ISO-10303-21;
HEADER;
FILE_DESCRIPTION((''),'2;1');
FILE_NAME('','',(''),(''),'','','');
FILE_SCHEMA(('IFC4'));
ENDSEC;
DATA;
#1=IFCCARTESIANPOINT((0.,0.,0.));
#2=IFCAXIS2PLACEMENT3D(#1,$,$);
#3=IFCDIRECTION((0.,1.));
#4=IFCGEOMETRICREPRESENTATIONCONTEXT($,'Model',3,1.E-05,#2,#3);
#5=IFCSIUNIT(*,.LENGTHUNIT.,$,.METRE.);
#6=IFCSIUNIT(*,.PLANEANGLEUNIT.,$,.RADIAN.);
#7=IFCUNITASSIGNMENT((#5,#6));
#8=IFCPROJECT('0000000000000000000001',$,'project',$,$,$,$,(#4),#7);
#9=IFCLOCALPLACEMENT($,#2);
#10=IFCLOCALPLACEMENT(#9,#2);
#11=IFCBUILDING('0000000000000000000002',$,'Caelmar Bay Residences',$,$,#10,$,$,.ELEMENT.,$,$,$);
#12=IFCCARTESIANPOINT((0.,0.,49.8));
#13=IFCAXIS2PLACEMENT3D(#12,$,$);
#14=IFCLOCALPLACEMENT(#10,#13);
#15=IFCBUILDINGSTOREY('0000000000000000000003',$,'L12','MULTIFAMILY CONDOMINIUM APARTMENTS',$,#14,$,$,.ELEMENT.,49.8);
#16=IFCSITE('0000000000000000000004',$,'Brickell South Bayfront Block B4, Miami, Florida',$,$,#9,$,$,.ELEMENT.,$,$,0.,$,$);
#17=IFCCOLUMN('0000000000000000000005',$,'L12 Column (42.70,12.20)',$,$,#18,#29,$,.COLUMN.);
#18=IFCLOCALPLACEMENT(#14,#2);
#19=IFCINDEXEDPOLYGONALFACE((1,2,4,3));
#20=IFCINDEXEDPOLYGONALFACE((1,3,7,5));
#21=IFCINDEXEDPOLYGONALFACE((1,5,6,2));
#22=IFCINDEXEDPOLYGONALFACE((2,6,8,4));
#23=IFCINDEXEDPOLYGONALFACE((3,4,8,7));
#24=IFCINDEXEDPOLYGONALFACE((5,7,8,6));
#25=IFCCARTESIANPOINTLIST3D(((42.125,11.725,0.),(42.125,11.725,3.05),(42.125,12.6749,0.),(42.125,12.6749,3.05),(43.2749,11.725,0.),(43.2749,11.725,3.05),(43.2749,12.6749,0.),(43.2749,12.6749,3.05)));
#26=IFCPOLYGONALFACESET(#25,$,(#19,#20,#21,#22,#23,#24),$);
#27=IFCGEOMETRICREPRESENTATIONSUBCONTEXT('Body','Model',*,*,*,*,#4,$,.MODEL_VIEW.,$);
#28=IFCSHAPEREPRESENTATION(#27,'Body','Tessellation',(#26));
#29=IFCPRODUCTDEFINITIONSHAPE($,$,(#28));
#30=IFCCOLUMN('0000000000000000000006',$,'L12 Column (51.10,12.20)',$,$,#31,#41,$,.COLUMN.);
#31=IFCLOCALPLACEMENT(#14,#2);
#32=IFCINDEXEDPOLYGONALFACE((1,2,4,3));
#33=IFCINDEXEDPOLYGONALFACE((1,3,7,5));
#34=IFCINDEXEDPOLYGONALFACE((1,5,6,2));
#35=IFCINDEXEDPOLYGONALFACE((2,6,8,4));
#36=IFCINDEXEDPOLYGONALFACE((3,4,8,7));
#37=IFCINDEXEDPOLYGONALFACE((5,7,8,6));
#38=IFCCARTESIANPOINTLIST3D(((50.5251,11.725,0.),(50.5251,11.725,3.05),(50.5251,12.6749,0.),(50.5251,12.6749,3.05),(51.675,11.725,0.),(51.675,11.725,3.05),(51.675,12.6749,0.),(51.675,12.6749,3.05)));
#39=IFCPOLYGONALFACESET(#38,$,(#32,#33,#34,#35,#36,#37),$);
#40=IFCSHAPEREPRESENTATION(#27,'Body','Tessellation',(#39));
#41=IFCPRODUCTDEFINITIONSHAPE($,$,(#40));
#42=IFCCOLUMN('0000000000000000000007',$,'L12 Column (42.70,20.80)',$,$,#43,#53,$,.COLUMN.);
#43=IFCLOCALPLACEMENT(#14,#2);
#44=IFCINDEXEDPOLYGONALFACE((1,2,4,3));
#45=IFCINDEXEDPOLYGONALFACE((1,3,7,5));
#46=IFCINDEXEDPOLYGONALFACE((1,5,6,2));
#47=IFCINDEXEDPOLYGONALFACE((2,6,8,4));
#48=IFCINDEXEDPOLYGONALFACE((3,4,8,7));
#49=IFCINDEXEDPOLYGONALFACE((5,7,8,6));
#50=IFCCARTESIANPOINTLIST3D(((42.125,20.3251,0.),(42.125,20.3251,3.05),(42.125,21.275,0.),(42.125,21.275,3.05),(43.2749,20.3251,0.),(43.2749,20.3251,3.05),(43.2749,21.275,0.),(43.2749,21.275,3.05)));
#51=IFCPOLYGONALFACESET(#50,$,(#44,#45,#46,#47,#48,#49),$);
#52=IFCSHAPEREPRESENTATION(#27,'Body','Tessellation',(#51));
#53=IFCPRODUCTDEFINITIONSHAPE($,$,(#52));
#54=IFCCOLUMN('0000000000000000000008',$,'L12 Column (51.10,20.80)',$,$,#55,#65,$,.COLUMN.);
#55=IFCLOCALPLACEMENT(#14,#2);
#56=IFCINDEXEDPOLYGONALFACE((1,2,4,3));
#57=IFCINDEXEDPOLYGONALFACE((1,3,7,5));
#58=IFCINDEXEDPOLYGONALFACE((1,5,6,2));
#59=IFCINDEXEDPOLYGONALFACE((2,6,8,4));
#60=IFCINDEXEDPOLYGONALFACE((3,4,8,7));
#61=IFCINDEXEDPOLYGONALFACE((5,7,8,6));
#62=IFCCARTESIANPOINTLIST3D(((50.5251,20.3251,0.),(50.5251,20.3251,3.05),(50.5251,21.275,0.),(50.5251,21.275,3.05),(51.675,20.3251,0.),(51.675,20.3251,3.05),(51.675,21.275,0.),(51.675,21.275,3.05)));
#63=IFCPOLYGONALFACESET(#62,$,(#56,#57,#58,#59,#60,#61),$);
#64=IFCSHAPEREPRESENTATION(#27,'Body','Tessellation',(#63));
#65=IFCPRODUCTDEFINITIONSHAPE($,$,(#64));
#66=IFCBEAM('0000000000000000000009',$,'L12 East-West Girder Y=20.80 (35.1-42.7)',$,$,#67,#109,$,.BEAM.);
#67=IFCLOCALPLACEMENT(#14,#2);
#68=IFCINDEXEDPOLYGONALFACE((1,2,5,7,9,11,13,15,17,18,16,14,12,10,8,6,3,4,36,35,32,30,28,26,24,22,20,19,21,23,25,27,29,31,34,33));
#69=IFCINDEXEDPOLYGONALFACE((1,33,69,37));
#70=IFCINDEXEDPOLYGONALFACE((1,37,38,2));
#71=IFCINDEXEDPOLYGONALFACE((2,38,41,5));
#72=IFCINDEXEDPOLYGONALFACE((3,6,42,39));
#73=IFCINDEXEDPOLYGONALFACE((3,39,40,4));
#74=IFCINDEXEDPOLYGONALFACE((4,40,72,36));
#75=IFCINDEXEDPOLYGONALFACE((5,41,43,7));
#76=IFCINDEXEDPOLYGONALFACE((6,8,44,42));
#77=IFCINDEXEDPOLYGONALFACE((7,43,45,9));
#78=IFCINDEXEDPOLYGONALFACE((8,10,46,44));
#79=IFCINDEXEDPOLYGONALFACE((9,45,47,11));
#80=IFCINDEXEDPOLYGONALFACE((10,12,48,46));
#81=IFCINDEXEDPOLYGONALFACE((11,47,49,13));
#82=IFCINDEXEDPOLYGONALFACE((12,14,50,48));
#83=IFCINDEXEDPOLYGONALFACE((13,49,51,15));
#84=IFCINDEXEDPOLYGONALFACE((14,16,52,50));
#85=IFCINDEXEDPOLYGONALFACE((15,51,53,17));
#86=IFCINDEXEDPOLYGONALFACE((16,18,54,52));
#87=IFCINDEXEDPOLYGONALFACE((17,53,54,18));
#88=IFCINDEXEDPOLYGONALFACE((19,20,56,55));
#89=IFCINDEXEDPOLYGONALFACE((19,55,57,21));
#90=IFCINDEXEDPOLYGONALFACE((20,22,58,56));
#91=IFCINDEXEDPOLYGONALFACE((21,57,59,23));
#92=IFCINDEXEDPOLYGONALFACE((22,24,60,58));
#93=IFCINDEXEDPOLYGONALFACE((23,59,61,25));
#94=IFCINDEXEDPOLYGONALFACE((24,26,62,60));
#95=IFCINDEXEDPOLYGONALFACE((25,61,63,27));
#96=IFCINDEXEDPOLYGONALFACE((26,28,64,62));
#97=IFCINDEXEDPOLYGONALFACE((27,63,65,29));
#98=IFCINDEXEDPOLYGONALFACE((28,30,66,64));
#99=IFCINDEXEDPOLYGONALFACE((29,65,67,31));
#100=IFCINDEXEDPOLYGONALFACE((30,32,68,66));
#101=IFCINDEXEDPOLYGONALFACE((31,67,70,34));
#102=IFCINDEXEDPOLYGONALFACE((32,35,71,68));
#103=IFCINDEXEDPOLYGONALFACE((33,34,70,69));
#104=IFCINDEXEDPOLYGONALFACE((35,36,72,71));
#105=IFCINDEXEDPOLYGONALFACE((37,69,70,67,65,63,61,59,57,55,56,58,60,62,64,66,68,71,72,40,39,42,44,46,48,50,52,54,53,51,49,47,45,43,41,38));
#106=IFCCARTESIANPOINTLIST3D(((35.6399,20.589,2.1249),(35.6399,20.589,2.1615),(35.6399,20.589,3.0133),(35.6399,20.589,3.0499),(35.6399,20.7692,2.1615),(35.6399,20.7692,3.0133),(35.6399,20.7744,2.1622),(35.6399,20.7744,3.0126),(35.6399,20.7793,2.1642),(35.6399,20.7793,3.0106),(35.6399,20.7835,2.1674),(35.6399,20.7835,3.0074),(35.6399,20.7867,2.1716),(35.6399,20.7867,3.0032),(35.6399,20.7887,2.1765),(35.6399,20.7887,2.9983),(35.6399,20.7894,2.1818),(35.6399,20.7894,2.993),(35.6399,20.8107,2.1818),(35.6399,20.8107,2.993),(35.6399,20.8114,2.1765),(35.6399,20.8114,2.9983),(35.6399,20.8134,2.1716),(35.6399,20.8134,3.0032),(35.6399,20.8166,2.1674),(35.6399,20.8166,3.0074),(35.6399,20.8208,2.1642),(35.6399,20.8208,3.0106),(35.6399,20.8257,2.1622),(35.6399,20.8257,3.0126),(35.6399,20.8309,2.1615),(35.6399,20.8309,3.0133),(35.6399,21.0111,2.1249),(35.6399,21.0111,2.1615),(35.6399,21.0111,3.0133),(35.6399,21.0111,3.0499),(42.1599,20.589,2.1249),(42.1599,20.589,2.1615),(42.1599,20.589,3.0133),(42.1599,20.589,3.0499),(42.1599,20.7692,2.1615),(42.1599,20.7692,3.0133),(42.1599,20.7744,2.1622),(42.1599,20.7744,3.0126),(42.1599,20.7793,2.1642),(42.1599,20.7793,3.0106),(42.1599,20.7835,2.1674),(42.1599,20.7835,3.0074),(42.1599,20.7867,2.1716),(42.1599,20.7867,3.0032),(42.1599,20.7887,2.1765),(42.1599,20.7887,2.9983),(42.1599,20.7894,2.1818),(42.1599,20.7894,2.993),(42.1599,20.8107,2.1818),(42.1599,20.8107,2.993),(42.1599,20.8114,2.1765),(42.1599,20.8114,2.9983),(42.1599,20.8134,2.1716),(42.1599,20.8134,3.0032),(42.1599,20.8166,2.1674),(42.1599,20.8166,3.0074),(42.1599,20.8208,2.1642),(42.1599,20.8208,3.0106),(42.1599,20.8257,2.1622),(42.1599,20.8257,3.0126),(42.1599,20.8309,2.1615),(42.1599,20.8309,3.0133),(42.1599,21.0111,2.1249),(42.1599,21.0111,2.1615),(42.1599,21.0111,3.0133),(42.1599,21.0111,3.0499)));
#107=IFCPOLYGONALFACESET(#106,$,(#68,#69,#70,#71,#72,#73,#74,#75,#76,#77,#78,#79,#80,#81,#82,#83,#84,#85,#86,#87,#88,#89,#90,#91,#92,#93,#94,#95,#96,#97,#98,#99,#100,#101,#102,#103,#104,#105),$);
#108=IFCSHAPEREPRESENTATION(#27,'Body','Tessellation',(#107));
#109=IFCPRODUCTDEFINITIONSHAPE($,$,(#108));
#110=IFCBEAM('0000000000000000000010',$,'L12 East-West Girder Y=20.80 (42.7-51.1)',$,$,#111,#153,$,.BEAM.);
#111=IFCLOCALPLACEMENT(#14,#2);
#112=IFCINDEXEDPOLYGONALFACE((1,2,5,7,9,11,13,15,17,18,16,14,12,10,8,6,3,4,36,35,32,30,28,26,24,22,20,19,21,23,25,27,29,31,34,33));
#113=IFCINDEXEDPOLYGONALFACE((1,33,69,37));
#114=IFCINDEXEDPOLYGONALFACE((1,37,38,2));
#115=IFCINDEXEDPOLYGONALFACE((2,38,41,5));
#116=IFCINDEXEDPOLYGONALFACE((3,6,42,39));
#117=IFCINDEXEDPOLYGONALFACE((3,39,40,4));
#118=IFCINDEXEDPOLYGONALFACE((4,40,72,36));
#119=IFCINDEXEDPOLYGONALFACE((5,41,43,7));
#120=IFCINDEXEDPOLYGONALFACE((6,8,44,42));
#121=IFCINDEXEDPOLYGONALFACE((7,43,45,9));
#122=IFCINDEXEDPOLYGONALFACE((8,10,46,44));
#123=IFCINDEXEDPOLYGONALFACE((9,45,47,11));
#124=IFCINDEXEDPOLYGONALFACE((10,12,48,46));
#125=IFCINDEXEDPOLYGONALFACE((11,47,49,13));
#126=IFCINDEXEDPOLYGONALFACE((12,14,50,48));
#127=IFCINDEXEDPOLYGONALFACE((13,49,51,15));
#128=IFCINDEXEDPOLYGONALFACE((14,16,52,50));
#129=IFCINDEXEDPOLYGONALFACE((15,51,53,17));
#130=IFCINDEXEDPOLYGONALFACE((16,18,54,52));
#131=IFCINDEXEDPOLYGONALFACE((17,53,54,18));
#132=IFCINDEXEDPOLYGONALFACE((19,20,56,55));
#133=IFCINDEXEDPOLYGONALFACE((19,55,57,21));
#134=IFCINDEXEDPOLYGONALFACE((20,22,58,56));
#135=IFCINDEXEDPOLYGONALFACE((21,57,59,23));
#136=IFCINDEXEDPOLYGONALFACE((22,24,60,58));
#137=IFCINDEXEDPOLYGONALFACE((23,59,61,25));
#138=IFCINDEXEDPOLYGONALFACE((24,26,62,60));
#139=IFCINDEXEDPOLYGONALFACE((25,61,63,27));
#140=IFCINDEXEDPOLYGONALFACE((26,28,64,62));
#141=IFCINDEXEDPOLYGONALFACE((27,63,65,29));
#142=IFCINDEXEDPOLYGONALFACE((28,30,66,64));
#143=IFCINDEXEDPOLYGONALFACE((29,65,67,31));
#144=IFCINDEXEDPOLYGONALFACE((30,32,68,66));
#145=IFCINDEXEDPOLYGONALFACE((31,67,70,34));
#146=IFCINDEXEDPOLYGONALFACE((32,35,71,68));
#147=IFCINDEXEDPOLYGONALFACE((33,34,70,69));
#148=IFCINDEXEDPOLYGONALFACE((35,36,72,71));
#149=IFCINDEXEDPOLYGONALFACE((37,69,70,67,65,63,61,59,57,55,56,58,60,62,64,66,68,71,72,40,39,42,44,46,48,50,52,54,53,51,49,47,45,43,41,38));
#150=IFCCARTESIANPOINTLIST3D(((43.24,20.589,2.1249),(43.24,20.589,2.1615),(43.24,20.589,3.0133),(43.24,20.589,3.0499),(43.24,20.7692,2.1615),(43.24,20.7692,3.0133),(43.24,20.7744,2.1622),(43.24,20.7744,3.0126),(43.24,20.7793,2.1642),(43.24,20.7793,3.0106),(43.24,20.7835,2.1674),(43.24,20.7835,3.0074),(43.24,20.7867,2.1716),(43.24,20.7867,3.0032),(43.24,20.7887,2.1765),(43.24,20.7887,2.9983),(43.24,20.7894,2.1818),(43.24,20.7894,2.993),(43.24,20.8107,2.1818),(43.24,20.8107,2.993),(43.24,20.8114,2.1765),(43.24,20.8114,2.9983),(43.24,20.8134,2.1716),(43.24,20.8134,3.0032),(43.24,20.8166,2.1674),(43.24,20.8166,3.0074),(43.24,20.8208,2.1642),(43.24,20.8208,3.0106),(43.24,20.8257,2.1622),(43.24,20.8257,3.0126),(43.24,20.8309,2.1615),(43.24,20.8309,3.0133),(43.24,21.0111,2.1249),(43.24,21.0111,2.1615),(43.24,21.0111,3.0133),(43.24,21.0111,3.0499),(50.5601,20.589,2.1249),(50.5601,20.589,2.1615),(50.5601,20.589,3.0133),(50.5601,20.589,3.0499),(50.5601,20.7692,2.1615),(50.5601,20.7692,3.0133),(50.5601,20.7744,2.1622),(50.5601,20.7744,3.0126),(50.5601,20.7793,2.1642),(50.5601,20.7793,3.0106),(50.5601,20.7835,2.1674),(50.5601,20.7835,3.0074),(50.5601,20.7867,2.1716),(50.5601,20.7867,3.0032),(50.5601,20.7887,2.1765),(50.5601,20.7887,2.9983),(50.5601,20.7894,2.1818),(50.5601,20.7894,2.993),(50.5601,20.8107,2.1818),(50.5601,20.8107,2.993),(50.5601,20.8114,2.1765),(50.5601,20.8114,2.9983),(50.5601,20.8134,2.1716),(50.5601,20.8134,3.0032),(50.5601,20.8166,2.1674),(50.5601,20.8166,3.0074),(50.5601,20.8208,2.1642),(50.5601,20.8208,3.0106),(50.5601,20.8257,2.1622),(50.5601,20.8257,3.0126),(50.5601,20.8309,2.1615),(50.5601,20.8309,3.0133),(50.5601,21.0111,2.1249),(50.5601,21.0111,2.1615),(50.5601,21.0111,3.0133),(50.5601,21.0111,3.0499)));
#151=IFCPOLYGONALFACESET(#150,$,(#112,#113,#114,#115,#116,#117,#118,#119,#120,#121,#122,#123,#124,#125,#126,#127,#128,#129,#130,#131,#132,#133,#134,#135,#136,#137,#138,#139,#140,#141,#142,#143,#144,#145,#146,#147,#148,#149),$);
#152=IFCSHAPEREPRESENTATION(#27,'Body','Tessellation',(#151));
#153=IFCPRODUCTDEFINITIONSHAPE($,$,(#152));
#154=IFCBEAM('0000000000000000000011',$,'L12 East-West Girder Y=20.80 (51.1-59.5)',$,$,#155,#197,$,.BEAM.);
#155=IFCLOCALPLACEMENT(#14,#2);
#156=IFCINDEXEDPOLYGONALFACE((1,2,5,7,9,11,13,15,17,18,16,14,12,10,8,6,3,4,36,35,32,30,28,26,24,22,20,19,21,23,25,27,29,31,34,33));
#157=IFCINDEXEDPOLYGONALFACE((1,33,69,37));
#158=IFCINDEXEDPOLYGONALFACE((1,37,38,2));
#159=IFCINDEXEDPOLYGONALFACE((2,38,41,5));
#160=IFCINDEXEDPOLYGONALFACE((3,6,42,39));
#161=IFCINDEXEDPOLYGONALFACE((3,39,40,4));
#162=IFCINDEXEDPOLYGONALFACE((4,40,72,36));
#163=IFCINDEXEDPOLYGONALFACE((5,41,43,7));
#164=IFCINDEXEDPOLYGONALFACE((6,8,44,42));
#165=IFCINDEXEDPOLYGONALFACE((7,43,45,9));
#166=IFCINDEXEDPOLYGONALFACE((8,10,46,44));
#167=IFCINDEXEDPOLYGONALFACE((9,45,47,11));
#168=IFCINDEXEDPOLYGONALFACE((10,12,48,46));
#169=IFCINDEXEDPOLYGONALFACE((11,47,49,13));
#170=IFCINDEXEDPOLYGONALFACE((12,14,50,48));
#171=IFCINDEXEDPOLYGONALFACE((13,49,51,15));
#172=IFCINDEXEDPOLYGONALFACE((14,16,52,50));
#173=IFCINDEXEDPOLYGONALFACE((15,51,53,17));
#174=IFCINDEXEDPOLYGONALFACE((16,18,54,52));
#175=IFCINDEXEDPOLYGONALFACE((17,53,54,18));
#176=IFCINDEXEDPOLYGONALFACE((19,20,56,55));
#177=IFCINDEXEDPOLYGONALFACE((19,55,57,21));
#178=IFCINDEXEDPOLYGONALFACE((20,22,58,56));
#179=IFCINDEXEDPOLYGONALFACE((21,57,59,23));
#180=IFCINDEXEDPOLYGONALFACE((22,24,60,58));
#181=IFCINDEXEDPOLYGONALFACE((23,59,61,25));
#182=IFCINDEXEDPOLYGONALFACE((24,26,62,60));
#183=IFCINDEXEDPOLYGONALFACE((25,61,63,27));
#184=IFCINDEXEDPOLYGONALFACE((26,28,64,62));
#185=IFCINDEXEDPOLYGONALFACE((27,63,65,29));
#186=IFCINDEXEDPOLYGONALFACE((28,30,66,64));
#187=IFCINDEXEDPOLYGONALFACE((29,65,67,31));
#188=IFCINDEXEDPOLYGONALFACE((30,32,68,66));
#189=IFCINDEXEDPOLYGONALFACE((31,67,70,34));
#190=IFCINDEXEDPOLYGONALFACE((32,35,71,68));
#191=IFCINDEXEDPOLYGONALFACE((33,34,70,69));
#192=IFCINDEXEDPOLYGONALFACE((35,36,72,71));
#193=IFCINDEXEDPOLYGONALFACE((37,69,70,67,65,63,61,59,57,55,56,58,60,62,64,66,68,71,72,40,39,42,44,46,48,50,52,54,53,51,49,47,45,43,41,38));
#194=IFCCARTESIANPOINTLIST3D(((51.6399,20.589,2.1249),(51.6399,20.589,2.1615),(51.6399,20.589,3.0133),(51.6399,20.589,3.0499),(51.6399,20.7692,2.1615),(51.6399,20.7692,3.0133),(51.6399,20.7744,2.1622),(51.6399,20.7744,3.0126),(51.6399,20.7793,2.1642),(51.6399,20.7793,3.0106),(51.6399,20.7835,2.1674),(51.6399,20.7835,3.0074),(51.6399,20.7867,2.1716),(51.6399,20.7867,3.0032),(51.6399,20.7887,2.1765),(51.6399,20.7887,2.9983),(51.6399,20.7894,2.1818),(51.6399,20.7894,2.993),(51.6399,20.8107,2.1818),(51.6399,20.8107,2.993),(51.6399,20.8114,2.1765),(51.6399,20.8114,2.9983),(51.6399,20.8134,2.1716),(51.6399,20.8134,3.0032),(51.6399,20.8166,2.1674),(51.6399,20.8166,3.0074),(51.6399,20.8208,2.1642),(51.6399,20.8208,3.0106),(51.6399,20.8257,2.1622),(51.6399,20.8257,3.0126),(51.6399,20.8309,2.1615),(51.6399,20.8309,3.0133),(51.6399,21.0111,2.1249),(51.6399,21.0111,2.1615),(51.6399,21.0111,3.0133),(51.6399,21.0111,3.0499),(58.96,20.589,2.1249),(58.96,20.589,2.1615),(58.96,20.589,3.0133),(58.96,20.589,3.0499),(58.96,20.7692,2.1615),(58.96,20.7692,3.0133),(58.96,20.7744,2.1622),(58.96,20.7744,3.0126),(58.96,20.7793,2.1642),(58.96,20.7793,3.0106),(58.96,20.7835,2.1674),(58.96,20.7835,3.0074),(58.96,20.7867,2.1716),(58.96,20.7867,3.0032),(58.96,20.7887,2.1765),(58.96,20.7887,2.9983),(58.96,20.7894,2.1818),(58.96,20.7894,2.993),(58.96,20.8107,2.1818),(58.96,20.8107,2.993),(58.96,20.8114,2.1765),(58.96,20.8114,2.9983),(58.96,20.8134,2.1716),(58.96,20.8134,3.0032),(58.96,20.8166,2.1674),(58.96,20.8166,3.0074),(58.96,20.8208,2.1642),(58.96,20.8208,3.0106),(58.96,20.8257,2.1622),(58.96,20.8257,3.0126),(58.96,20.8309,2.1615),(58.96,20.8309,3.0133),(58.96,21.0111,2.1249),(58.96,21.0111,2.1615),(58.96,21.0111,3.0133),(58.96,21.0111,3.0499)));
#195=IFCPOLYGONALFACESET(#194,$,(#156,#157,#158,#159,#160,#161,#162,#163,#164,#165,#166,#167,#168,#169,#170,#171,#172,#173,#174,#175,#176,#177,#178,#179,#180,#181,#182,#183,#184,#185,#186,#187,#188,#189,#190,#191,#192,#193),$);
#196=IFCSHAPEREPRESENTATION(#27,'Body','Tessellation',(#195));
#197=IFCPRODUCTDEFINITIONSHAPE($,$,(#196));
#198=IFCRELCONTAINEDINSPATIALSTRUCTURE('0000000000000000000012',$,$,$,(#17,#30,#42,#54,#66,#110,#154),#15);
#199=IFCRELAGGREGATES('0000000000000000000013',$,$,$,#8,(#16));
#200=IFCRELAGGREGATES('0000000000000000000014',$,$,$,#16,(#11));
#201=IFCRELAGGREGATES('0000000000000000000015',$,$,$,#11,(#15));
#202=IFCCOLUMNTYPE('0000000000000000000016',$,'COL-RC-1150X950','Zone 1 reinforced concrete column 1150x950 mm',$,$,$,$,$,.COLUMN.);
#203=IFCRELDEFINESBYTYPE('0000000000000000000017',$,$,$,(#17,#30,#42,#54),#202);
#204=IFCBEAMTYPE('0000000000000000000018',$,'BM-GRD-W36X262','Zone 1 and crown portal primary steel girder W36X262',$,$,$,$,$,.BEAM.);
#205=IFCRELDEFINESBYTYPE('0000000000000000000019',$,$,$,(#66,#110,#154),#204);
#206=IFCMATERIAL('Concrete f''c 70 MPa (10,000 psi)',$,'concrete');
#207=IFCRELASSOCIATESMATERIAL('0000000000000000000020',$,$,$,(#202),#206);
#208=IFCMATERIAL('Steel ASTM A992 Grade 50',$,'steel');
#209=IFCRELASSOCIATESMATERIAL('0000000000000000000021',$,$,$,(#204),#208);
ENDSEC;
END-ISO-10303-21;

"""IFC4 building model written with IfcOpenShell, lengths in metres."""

from ifc_helpers import new_model, si_unit, direction, frame, origin, origin_2d, place, context, subcontext, project, spatial, rectangle, i_section, extrude, material, material_profile, profile_set, type_object, element, save


model = new_model("IFC4")

# Units and contexts
model_context = context("Model", 3, precision=1e-05, world=origin(), true_north=direction((0.0, 1.0)))
body_context = subcontext(model_context, "Body", "Model", "MODEL_VIEW")
ifc_project = project(units=[si_unit("LENGTHUNIT", "METRE"), si_unit("PLANEANGLEUNIT", "RADIAN")], contexts=[model_context])

# Site, building, storey
site_placement = place(None, origin())
site = spatial("IfcSite", under=ifc_project, at=site_placement, Name="Brickell South Bayfront Block B4, Miami, Florida", CompositionType="ELEMENT", RefElevation=0.0)
building_placement = place(site_placement, origin())
building = spatial("IfcBuilding", under=site, at=building_placement, Name="Caelmar Bay Residences", CompositionType="ELEMENT")
storey_placement = place(building_placement, frame((0.0, 0.0, 49.8)))
storey = spatial("IfcBuildingStorey", under=building, at=storey_placement, Name="L12", Description="MULTIFAMILY CONDOMINIUM APARTMENTS", CompositionType="ELEMENT", Elevation=49.8)

# Columns
ifc_material_1 = material(Name="Concrete f'c 70 MPa (10,000 psi)", Category="concrete")
ifc_material_profile_1 = material_profile(ifc_material_1, rectangle(XDim=1.1499, YDim=0.95, at=origin_2d()), Name="RC-COL-1150X950")
ifc_profile_set_1 = profile_set([ifc_material_profile_1], Name="Concrete f'c 70 MPa (10,000 psi)")
column_type = type_object("IfcColumnType", Name="COL-RC-1150X950", Description="Zone 1 reinforced concrete column 1150x950 mm", PredefinedType="COLUMN", material=ifc_profile_set_1)
for number, where, z_axis, x_axis, name in (
    (1, (42.7, 12.2, 0.0), (0.0, 0.0, 1.0), (1.0, 0.0, 0.0), "L12 Column (42.70,12.20)"),
    (2, (51.1001, 12.2, 0.0), (0.0, 0.0, 1.0), (1.0, 0.0, 0.0), "L12 Column (51.10,12.20)"),
    (3, (42.7, 20.8, 0.0), (0.0, 0.0, 1.0), (1.0, 0.0, 0.0), "L12 Column (42.70,20.80)"),
    (4, (51.1001, 20.8, 0.0), (0.0, 0.0, 1.0), (1.0, 0.0, 0.0), "L12 Column (51.10,20.80)"),
):
    element("IfcColumn", number, at=place(storey_placement, frame(where, z_axis=z_axis, x_axis=x_axis)), inside=storey, type_object=column_type, Name=name, PredefinedType="COLUMN", context=body_context, shape_type="SweptSolid", body=[
        extrude(rectangle(XDim=1.1499, YDim=0.95, at=origin_2d()), origin(), (0.0, 0.0, 1.0), 3.05),
    ])

# Beams
ifc_material_2 = material(Name="Steel ASTM A992 Grade 50", Category="steel")
ifc_material_profile_2 = material_profile(ifc_material_2, i_section(OverallWidth=0.4221, OverallDepth=0.925, WebThickness=0.0212, FlangeThickness=0.0366, FilletRadius=0.0203, at=origin_2d()), Name="W36X262")
ifc_profile_set_2 = profile_set([ifc_material_profile_2], Name="Steel ASTM A992 Grade 50")
beam_type_1 = type_object("IfcBeamType", Name="BM-GRD-W36X262", Description="Zone 1 and crown portal primary steel girder W36X262", PredefinedType="BEAM", material=ifc_profile_set_2)
beam_1_placement = place(storey_placement, frame((35.6399, 20.8, 2.5874), z_axis=(1.0, 0.0, 0.0), x_axis=(0.0, 1.0, 0.0)))
element("IfcBeam", 5, at=beam_1_placement, inside=storey, type_object=beam_type_1, Name="L12 East-West Girder Y=20.80 (35.1-42.7)", PredefinedType="BEAM", context=body_context, shape_type="SweptSolid", body=[
    extrude(i_section(OverallWidth=0.4221, OverallDepth=0.925, WebThickness=0.0212, FlangeThickness=0.0366, FilletRadius=0.0203, at=origin_2d()), origin(), (0.0, 0.0, 1.0), 6.52),
])
for number, where, z_axis, x_axis, name in (
    (6, (43.24, 20.8, 2.5874), (1.0, 0.0, 0.0), (0.0, 1.0, 0.0), "L12 East-West Girder Y=20.80 (42.7-51.1)"),
    (7, (51.6399, 20.8, 2.5874), (1.0, 0.0, 0.0), (0.0, 1.0, 0.0), "L12 East-West Girder Y=20.80 (51.1-59.5)"),
):
    element("IfcBeam", number, at=place(storey_placement, frame(where, z_axis=z_axis, x_axis=x_axis)), inside=storey, type_object=beam_type_1, Name=name, PredefinedType="BEAM", context=body_context, shape_type="SweptSolid", body=[
        extrude(i_section(OverallWidth=0.4221, OverallDepth=0.925, WebThickness=0.0212, FlangeThickness=0.0366, FilletRadius=0.0203, at=origin_2d()), origin(), (0.0, 0.0, 1.0), 7.3201),
    ])

save(model, "model.ifc")
